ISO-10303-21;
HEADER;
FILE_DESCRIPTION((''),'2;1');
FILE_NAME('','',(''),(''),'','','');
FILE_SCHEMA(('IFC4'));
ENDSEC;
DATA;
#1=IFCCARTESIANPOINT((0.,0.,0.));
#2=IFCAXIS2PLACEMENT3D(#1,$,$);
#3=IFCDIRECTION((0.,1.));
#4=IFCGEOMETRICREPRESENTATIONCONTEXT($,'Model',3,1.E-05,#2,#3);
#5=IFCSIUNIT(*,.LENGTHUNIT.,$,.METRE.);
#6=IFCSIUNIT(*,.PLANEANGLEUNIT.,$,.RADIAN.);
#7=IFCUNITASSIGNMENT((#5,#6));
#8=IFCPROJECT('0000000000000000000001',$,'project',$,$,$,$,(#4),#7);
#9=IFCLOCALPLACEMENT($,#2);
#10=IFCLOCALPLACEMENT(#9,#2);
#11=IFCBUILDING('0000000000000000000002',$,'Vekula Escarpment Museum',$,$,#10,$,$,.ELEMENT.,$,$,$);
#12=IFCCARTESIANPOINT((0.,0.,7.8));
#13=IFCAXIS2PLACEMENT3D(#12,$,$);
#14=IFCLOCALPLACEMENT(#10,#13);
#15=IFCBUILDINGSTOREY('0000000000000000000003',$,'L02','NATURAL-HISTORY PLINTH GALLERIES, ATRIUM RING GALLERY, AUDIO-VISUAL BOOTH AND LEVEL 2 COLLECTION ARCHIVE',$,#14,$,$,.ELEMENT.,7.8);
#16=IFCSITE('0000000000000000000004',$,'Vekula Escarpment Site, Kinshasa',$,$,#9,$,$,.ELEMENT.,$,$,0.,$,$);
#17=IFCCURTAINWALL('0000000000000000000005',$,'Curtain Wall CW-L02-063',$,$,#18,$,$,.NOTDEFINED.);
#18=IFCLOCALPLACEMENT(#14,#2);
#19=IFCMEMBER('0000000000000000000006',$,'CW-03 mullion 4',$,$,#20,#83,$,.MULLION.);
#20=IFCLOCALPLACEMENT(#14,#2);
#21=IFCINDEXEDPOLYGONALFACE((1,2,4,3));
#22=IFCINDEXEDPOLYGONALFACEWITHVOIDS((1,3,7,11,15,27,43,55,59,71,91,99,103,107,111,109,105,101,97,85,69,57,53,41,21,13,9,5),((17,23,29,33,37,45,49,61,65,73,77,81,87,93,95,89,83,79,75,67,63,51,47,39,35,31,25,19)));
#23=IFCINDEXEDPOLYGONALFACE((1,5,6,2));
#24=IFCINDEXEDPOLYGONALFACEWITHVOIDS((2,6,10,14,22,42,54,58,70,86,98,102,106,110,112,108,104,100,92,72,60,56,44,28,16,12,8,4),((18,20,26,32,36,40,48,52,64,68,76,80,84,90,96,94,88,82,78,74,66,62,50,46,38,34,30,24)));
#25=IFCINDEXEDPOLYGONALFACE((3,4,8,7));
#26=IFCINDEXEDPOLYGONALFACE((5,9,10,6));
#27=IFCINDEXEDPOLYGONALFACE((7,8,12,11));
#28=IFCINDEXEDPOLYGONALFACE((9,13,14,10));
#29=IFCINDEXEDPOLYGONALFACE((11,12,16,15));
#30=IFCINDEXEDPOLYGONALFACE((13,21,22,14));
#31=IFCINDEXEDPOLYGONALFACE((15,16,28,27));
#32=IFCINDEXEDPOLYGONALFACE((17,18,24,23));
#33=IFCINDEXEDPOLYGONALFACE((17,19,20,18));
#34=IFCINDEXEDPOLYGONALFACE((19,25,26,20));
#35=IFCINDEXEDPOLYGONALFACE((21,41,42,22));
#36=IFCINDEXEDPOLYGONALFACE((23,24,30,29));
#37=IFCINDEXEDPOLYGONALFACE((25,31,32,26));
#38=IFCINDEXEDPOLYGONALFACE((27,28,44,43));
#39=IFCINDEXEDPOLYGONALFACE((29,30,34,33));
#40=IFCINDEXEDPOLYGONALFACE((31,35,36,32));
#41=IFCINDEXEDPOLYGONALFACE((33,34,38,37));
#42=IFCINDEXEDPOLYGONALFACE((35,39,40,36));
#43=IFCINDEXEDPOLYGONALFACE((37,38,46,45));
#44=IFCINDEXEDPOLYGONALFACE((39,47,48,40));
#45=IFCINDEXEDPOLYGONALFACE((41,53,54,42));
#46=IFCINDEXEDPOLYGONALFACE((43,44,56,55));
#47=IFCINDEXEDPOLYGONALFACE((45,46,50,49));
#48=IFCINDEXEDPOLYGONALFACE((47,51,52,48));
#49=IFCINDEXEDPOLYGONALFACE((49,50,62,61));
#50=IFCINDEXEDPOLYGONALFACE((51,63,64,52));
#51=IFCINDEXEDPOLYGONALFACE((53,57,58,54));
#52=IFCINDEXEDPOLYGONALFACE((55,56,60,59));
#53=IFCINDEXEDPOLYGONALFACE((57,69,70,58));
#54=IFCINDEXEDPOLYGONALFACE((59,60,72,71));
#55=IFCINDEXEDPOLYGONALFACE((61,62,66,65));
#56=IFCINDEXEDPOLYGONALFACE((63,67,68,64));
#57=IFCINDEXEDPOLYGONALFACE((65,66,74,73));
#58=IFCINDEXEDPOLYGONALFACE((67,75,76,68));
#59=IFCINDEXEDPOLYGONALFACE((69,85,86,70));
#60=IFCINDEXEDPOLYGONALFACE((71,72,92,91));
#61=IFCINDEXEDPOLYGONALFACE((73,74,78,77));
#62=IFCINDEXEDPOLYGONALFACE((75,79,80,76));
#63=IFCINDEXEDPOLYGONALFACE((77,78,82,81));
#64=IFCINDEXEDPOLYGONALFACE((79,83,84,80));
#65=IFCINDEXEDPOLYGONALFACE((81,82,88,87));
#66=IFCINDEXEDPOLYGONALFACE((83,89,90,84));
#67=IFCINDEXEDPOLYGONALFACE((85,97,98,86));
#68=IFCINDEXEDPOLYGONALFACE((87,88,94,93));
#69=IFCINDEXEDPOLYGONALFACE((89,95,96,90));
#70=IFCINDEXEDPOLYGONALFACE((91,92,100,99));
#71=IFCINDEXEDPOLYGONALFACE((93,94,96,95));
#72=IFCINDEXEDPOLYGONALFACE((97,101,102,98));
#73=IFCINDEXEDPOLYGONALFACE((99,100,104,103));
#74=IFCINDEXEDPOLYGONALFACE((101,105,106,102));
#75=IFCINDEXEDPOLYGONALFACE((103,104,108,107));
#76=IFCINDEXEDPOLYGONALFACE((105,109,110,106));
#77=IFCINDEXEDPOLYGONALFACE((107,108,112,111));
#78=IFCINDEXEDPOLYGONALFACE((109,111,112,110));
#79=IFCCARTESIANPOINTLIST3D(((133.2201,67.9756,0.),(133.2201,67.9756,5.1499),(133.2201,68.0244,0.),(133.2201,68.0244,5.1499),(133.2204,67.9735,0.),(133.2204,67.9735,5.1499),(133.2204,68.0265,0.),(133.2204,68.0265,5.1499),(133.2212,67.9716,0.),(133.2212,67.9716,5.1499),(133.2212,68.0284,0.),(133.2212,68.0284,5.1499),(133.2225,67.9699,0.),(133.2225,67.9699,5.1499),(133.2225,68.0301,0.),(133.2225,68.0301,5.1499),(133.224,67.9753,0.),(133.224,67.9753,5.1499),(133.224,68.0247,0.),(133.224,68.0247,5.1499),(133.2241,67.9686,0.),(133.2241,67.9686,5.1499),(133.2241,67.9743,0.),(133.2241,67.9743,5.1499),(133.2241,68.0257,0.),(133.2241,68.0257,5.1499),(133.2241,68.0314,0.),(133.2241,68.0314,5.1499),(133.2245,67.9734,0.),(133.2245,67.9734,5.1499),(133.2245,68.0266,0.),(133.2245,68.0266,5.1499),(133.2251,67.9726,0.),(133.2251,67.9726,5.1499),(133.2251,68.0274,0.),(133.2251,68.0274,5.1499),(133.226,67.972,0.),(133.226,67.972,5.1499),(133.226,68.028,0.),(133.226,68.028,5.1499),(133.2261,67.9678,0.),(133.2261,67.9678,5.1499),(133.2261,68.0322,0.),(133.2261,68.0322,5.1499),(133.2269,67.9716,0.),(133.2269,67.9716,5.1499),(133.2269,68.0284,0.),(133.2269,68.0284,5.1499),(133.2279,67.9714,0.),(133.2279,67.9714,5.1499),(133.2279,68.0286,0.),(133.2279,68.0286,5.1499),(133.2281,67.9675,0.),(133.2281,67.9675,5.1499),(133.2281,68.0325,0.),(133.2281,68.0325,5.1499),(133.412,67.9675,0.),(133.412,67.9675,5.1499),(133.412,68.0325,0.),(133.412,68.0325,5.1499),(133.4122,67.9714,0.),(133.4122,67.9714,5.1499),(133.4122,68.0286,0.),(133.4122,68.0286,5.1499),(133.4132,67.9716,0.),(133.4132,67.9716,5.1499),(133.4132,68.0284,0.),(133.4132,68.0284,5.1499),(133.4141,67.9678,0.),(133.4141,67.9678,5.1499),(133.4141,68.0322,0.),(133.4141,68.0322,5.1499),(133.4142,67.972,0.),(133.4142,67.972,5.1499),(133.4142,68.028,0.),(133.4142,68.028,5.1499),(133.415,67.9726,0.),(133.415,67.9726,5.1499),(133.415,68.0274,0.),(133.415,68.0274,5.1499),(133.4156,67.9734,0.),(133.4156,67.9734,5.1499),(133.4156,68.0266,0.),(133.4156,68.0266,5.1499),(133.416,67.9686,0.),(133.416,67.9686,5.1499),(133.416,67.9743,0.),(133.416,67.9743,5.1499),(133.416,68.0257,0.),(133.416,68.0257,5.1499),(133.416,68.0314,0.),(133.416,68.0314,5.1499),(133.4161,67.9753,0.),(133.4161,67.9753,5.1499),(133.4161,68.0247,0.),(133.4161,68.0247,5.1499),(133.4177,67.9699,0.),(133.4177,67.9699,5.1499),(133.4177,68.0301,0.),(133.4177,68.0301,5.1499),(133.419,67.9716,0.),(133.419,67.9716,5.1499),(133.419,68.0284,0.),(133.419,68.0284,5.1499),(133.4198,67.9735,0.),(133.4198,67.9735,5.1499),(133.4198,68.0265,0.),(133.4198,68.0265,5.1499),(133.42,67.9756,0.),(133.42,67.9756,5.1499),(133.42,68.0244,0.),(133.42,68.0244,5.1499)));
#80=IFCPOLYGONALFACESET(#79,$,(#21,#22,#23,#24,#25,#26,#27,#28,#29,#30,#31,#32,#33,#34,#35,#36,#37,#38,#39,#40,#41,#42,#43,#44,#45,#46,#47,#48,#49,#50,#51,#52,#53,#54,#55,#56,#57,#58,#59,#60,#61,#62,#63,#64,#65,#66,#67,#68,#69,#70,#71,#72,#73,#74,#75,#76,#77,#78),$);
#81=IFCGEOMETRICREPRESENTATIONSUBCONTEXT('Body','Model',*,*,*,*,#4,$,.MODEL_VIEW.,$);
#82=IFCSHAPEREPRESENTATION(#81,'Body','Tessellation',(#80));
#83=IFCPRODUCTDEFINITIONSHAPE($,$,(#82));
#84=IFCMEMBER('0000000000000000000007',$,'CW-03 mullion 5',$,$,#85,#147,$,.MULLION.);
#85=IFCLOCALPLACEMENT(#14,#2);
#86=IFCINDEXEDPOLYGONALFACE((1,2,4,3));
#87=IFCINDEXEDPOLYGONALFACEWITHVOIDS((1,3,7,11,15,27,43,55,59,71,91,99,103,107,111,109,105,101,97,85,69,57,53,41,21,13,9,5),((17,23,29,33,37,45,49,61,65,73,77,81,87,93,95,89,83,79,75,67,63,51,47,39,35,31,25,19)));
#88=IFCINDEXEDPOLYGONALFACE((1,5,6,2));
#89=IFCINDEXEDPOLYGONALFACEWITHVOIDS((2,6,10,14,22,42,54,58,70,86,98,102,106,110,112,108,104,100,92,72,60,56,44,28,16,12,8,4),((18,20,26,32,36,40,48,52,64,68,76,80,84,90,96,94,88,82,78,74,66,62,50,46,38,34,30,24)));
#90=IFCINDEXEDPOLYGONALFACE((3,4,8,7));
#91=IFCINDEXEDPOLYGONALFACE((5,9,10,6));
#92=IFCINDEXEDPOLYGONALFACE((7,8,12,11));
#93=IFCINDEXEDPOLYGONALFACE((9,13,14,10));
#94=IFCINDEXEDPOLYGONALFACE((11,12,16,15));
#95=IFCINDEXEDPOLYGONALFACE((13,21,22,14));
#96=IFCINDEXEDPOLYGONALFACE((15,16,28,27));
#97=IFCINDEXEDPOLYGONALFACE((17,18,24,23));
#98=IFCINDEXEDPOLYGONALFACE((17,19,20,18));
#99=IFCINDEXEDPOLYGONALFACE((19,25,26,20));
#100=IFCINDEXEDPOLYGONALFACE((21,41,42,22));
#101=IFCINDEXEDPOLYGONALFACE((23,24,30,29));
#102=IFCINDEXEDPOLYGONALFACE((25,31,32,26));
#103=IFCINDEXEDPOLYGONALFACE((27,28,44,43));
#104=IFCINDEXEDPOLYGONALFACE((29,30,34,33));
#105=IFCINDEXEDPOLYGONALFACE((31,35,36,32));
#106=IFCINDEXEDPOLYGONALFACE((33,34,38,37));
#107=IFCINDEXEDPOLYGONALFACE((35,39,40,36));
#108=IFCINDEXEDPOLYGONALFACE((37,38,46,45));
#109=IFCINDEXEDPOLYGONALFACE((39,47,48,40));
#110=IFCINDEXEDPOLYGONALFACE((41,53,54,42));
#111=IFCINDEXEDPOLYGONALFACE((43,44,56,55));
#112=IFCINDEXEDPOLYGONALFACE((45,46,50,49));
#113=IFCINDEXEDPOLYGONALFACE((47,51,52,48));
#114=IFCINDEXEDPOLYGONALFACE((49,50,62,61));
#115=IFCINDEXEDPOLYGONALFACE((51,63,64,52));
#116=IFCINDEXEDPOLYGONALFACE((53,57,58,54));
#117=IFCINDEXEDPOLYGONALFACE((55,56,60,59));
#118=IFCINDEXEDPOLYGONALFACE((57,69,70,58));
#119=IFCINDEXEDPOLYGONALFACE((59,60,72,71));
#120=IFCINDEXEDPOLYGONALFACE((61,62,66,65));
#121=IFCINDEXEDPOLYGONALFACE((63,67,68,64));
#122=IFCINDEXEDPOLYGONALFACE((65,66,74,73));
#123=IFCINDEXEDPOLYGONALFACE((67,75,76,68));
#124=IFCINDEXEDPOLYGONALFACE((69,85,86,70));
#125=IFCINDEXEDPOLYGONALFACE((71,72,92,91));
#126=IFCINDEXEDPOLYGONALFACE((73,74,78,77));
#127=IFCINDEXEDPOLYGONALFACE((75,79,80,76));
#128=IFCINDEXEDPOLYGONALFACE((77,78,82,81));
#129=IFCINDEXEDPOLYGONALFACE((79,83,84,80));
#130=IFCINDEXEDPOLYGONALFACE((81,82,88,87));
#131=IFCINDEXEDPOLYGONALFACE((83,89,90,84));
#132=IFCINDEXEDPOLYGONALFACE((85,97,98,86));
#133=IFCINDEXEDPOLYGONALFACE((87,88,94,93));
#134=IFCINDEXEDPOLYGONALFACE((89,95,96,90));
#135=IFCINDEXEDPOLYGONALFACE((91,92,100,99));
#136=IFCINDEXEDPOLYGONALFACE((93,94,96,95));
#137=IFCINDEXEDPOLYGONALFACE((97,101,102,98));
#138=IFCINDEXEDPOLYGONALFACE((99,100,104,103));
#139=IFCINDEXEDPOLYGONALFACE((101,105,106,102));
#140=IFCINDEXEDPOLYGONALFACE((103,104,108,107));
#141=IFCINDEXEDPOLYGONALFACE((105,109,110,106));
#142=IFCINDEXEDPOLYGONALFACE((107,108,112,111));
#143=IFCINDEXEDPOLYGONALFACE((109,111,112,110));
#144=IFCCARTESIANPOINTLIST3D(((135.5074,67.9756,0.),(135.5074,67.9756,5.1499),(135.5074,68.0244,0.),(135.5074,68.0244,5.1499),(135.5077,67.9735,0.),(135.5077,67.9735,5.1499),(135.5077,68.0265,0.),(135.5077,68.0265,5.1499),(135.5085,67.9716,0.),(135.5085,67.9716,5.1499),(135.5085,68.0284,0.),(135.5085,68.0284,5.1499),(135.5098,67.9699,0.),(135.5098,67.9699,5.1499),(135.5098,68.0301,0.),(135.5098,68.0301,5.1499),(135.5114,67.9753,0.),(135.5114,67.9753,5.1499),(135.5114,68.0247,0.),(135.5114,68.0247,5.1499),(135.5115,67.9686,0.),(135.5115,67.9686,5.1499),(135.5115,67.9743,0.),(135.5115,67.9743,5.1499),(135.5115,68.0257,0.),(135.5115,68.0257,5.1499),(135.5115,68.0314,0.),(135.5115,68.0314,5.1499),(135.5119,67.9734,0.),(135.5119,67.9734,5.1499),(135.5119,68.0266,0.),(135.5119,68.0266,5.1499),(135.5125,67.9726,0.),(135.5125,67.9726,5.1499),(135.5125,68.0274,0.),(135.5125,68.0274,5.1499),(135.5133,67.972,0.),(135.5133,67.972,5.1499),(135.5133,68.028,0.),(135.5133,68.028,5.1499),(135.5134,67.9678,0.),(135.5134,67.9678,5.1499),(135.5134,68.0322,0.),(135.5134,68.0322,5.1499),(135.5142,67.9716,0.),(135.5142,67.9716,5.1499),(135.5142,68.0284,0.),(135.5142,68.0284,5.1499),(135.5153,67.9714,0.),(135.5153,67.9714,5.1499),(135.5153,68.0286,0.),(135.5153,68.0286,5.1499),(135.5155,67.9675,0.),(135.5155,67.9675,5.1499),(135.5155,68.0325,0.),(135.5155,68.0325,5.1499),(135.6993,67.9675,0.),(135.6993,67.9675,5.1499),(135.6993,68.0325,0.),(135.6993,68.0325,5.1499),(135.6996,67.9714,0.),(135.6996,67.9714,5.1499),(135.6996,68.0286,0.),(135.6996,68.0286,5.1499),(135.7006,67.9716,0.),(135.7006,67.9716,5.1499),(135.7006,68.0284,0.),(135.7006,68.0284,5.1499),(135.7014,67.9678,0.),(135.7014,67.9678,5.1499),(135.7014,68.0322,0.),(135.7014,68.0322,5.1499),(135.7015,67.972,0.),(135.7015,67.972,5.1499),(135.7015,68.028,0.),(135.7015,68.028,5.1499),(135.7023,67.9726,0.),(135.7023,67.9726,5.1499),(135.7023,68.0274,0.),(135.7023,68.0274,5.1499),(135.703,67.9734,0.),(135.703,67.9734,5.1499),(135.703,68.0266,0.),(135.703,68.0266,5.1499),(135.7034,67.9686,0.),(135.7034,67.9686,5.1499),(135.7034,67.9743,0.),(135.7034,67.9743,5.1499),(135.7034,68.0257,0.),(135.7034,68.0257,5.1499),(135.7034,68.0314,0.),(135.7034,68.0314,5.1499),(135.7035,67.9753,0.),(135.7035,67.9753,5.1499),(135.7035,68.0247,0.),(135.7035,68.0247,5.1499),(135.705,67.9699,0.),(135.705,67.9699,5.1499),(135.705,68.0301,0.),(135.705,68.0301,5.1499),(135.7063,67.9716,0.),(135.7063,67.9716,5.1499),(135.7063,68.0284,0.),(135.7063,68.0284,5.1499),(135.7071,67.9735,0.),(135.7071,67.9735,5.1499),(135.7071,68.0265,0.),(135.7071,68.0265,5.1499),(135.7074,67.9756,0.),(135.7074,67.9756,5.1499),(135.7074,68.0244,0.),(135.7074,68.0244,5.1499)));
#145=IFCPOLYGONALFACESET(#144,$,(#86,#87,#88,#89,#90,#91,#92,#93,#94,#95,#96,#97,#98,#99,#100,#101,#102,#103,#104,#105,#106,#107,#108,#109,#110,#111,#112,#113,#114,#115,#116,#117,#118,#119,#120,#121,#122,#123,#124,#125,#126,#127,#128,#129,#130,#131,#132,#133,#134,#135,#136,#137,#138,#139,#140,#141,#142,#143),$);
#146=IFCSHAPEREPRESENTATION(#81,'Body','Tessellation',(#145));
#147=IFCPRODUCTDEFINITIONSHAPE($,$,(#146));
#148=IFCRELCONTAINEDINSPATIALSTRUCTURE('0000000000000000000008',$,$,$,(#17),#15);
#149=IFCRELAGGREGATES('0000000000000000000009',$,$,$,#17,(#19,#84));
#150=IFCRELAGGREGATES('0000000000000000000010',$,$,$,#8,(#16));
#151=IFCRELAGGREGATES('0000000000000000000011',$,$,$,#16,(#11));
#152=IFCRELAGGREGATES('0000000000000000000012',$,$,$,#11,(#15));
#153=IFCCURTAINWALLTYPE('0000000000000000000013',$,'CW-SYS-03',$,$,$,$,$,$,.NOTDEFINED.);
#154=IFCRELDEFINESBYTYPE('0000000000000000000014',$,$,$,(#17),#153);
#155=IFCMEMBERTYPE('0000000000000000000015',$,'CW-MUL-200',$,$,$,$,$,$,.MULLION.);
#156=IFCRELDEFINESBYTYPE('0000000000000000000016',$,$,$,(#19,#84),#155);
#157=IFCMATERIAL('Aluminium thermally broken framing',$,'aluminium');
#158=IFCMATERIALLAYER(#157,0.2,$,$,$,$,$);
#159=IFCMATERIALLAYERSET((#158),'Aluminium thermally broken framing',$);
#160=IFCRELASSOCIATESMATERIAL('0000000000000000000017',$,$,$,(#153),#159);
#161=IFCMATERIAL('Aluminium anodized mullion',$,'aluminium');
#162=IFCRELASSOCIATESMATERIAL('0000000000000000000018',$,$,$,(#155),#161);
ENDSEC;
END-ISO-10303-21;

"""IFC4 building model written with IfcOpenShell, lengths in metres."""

from ifc_helpers import new_model, si_unit, direction, frame, origin, origin_2d, place, context, subcontext, project, spatial, hollow_rectangle, extrude, material, layer, layer_set, material_profile, profile_set, type_object, element, aggregate, save


model = new_model("IFC4")

# Units and contexts
model_context = context("Model", 3, precision=1e-05, world=origin(), true_north=direction((0.0, 1.0)))
body_context = subcontext(model_context, "Body", "Model", "MODEL_VIEW")
ifc_project = project(units=[si_unit("LENGTHUNIT", "METRE"), si_unit("PLANEANGLEUNIT", "RADIAN")], contexts=[model_context])

# Site, building, storey
site_placement = place(None, origin())
site = spatial("IfcSite", under=ifc_project, at=site_placement, Name="Vekula Escarpment Site, Kinshasa", CompositionType="ELEMENT", RefElevation=0.0)
building_placement = place(site_placement, origin())
building = spatial("IfcBuilding", under=site, at=building_placement, Name="Vekula Escarpment Museum", CompositionType="ELEMENT")
storey_placement = place(building_placement, frame((0.0, 0.0, 7.8)))
storey = spatial("IfcBuildingStorey", under=building, at=storey_placement, Name="L02", Description="NATURAL-HISTORY PLINTH GALLERIES, ATRIUM RING GALLERY, AUDIO-VISUAL BOOTH AND LEVEL 2 COLLECTION ARCHIVE", CompositionType="ELEMENT", Elevation=7.8)

# Curtain wall, members
ifc_material_1 = material(Name="Aluminium thermally broken framing", Category="aluminium")
ifc_layer_1 = layer(ifc_material_1, 0.2)
ifc_layer_set_1 = layer_set([ifc_layer_1], Name="Aluminium thermally broken framing")
curtain_wall_type = type_object("IfcCurtainWallType", Name="CW-SYS-03", PredefinedType="NOTDEFINED", material=ifc_layer_set_1)
curtain_wall_placement = place(storey_placement, origin())
curtain_wall = element("IfcCurtainWall", 1, at=curtain_wall_placement, inside=storey, type_object=curtain_wall_type, Name="Curtain Wall CW-L02-063", PredefinedType="NOTDEFINED")
ifc_material_2 = material(Name="Aluminium anodized mullion", Category="aluminium")
ifc_material_profile_1 = material_profile(ifc_material_2, hollow_rectangle(XDim=0.0649, YDim=0.2, WallThickness=0.0039, InnerFilletRadius=0.0039, OuterFilletRadius=0.0081, at=origin_2d()), Name="ALU 200x65x4")
ifc_profile_set_1 = profile_set([ifc_material_profile_1], Name="Aluminium anodized mullion")
member_type_1 = type_object("IfcMemberType", Name="CW-MUL-200", PredefinedType="MULLION", material=ifc_profile_set_1)
member_1_placement = place(storey_placement, frame((133.3201, 68.0, 0.0), z_axis=(0.0, 0.0, 1.0), x_axis=(0.0, 1.0, 0.0)))
member_1 = element("IfcMember", 2, at=member_1_placement, type_object=member_type_1, Name="CW-03 mullion 4", PredefinedType="MULLION", context=body_context, shape_type="SweptSolid", body=[
    extrude(hollow_rectangle(XDim=0.0649, YDim=0.2, WallThickness=0.0039, InnerFilletRadius=0.0039, OuterFilletRadius=0.0081, at=origin_2d()), origin(), (0.0, 0.0, 1.0), 5.1499),
])
member_2_placement = place(storey_placement, frame((135.6074, 68.0, 0.0), z_axis=(0.0, 0.0, 1.0), x_axis=(0.0, 1.0, 0.0)))
member_2 = element("IfcMember", 3, at=member_2_placement, type_object=member_type_1, Name="CW-03 mullion 5", PredefinedType="MULLION", context=body_context, shape_type="SweptSolid", body=[
    extrude(hollow_rectangle(XDim=0.0649, YDim=0.2, WallThickness=0.0039, InnerFilletRadius=0.0039, OuterFilletRadius=0.0081, at=origin_2d()), origin(), (0.0, 0.0, 1.0), 5.1499),
])

aggregate(curtain_wall, [member_1, member_2])

save(model, "model.ifc")
